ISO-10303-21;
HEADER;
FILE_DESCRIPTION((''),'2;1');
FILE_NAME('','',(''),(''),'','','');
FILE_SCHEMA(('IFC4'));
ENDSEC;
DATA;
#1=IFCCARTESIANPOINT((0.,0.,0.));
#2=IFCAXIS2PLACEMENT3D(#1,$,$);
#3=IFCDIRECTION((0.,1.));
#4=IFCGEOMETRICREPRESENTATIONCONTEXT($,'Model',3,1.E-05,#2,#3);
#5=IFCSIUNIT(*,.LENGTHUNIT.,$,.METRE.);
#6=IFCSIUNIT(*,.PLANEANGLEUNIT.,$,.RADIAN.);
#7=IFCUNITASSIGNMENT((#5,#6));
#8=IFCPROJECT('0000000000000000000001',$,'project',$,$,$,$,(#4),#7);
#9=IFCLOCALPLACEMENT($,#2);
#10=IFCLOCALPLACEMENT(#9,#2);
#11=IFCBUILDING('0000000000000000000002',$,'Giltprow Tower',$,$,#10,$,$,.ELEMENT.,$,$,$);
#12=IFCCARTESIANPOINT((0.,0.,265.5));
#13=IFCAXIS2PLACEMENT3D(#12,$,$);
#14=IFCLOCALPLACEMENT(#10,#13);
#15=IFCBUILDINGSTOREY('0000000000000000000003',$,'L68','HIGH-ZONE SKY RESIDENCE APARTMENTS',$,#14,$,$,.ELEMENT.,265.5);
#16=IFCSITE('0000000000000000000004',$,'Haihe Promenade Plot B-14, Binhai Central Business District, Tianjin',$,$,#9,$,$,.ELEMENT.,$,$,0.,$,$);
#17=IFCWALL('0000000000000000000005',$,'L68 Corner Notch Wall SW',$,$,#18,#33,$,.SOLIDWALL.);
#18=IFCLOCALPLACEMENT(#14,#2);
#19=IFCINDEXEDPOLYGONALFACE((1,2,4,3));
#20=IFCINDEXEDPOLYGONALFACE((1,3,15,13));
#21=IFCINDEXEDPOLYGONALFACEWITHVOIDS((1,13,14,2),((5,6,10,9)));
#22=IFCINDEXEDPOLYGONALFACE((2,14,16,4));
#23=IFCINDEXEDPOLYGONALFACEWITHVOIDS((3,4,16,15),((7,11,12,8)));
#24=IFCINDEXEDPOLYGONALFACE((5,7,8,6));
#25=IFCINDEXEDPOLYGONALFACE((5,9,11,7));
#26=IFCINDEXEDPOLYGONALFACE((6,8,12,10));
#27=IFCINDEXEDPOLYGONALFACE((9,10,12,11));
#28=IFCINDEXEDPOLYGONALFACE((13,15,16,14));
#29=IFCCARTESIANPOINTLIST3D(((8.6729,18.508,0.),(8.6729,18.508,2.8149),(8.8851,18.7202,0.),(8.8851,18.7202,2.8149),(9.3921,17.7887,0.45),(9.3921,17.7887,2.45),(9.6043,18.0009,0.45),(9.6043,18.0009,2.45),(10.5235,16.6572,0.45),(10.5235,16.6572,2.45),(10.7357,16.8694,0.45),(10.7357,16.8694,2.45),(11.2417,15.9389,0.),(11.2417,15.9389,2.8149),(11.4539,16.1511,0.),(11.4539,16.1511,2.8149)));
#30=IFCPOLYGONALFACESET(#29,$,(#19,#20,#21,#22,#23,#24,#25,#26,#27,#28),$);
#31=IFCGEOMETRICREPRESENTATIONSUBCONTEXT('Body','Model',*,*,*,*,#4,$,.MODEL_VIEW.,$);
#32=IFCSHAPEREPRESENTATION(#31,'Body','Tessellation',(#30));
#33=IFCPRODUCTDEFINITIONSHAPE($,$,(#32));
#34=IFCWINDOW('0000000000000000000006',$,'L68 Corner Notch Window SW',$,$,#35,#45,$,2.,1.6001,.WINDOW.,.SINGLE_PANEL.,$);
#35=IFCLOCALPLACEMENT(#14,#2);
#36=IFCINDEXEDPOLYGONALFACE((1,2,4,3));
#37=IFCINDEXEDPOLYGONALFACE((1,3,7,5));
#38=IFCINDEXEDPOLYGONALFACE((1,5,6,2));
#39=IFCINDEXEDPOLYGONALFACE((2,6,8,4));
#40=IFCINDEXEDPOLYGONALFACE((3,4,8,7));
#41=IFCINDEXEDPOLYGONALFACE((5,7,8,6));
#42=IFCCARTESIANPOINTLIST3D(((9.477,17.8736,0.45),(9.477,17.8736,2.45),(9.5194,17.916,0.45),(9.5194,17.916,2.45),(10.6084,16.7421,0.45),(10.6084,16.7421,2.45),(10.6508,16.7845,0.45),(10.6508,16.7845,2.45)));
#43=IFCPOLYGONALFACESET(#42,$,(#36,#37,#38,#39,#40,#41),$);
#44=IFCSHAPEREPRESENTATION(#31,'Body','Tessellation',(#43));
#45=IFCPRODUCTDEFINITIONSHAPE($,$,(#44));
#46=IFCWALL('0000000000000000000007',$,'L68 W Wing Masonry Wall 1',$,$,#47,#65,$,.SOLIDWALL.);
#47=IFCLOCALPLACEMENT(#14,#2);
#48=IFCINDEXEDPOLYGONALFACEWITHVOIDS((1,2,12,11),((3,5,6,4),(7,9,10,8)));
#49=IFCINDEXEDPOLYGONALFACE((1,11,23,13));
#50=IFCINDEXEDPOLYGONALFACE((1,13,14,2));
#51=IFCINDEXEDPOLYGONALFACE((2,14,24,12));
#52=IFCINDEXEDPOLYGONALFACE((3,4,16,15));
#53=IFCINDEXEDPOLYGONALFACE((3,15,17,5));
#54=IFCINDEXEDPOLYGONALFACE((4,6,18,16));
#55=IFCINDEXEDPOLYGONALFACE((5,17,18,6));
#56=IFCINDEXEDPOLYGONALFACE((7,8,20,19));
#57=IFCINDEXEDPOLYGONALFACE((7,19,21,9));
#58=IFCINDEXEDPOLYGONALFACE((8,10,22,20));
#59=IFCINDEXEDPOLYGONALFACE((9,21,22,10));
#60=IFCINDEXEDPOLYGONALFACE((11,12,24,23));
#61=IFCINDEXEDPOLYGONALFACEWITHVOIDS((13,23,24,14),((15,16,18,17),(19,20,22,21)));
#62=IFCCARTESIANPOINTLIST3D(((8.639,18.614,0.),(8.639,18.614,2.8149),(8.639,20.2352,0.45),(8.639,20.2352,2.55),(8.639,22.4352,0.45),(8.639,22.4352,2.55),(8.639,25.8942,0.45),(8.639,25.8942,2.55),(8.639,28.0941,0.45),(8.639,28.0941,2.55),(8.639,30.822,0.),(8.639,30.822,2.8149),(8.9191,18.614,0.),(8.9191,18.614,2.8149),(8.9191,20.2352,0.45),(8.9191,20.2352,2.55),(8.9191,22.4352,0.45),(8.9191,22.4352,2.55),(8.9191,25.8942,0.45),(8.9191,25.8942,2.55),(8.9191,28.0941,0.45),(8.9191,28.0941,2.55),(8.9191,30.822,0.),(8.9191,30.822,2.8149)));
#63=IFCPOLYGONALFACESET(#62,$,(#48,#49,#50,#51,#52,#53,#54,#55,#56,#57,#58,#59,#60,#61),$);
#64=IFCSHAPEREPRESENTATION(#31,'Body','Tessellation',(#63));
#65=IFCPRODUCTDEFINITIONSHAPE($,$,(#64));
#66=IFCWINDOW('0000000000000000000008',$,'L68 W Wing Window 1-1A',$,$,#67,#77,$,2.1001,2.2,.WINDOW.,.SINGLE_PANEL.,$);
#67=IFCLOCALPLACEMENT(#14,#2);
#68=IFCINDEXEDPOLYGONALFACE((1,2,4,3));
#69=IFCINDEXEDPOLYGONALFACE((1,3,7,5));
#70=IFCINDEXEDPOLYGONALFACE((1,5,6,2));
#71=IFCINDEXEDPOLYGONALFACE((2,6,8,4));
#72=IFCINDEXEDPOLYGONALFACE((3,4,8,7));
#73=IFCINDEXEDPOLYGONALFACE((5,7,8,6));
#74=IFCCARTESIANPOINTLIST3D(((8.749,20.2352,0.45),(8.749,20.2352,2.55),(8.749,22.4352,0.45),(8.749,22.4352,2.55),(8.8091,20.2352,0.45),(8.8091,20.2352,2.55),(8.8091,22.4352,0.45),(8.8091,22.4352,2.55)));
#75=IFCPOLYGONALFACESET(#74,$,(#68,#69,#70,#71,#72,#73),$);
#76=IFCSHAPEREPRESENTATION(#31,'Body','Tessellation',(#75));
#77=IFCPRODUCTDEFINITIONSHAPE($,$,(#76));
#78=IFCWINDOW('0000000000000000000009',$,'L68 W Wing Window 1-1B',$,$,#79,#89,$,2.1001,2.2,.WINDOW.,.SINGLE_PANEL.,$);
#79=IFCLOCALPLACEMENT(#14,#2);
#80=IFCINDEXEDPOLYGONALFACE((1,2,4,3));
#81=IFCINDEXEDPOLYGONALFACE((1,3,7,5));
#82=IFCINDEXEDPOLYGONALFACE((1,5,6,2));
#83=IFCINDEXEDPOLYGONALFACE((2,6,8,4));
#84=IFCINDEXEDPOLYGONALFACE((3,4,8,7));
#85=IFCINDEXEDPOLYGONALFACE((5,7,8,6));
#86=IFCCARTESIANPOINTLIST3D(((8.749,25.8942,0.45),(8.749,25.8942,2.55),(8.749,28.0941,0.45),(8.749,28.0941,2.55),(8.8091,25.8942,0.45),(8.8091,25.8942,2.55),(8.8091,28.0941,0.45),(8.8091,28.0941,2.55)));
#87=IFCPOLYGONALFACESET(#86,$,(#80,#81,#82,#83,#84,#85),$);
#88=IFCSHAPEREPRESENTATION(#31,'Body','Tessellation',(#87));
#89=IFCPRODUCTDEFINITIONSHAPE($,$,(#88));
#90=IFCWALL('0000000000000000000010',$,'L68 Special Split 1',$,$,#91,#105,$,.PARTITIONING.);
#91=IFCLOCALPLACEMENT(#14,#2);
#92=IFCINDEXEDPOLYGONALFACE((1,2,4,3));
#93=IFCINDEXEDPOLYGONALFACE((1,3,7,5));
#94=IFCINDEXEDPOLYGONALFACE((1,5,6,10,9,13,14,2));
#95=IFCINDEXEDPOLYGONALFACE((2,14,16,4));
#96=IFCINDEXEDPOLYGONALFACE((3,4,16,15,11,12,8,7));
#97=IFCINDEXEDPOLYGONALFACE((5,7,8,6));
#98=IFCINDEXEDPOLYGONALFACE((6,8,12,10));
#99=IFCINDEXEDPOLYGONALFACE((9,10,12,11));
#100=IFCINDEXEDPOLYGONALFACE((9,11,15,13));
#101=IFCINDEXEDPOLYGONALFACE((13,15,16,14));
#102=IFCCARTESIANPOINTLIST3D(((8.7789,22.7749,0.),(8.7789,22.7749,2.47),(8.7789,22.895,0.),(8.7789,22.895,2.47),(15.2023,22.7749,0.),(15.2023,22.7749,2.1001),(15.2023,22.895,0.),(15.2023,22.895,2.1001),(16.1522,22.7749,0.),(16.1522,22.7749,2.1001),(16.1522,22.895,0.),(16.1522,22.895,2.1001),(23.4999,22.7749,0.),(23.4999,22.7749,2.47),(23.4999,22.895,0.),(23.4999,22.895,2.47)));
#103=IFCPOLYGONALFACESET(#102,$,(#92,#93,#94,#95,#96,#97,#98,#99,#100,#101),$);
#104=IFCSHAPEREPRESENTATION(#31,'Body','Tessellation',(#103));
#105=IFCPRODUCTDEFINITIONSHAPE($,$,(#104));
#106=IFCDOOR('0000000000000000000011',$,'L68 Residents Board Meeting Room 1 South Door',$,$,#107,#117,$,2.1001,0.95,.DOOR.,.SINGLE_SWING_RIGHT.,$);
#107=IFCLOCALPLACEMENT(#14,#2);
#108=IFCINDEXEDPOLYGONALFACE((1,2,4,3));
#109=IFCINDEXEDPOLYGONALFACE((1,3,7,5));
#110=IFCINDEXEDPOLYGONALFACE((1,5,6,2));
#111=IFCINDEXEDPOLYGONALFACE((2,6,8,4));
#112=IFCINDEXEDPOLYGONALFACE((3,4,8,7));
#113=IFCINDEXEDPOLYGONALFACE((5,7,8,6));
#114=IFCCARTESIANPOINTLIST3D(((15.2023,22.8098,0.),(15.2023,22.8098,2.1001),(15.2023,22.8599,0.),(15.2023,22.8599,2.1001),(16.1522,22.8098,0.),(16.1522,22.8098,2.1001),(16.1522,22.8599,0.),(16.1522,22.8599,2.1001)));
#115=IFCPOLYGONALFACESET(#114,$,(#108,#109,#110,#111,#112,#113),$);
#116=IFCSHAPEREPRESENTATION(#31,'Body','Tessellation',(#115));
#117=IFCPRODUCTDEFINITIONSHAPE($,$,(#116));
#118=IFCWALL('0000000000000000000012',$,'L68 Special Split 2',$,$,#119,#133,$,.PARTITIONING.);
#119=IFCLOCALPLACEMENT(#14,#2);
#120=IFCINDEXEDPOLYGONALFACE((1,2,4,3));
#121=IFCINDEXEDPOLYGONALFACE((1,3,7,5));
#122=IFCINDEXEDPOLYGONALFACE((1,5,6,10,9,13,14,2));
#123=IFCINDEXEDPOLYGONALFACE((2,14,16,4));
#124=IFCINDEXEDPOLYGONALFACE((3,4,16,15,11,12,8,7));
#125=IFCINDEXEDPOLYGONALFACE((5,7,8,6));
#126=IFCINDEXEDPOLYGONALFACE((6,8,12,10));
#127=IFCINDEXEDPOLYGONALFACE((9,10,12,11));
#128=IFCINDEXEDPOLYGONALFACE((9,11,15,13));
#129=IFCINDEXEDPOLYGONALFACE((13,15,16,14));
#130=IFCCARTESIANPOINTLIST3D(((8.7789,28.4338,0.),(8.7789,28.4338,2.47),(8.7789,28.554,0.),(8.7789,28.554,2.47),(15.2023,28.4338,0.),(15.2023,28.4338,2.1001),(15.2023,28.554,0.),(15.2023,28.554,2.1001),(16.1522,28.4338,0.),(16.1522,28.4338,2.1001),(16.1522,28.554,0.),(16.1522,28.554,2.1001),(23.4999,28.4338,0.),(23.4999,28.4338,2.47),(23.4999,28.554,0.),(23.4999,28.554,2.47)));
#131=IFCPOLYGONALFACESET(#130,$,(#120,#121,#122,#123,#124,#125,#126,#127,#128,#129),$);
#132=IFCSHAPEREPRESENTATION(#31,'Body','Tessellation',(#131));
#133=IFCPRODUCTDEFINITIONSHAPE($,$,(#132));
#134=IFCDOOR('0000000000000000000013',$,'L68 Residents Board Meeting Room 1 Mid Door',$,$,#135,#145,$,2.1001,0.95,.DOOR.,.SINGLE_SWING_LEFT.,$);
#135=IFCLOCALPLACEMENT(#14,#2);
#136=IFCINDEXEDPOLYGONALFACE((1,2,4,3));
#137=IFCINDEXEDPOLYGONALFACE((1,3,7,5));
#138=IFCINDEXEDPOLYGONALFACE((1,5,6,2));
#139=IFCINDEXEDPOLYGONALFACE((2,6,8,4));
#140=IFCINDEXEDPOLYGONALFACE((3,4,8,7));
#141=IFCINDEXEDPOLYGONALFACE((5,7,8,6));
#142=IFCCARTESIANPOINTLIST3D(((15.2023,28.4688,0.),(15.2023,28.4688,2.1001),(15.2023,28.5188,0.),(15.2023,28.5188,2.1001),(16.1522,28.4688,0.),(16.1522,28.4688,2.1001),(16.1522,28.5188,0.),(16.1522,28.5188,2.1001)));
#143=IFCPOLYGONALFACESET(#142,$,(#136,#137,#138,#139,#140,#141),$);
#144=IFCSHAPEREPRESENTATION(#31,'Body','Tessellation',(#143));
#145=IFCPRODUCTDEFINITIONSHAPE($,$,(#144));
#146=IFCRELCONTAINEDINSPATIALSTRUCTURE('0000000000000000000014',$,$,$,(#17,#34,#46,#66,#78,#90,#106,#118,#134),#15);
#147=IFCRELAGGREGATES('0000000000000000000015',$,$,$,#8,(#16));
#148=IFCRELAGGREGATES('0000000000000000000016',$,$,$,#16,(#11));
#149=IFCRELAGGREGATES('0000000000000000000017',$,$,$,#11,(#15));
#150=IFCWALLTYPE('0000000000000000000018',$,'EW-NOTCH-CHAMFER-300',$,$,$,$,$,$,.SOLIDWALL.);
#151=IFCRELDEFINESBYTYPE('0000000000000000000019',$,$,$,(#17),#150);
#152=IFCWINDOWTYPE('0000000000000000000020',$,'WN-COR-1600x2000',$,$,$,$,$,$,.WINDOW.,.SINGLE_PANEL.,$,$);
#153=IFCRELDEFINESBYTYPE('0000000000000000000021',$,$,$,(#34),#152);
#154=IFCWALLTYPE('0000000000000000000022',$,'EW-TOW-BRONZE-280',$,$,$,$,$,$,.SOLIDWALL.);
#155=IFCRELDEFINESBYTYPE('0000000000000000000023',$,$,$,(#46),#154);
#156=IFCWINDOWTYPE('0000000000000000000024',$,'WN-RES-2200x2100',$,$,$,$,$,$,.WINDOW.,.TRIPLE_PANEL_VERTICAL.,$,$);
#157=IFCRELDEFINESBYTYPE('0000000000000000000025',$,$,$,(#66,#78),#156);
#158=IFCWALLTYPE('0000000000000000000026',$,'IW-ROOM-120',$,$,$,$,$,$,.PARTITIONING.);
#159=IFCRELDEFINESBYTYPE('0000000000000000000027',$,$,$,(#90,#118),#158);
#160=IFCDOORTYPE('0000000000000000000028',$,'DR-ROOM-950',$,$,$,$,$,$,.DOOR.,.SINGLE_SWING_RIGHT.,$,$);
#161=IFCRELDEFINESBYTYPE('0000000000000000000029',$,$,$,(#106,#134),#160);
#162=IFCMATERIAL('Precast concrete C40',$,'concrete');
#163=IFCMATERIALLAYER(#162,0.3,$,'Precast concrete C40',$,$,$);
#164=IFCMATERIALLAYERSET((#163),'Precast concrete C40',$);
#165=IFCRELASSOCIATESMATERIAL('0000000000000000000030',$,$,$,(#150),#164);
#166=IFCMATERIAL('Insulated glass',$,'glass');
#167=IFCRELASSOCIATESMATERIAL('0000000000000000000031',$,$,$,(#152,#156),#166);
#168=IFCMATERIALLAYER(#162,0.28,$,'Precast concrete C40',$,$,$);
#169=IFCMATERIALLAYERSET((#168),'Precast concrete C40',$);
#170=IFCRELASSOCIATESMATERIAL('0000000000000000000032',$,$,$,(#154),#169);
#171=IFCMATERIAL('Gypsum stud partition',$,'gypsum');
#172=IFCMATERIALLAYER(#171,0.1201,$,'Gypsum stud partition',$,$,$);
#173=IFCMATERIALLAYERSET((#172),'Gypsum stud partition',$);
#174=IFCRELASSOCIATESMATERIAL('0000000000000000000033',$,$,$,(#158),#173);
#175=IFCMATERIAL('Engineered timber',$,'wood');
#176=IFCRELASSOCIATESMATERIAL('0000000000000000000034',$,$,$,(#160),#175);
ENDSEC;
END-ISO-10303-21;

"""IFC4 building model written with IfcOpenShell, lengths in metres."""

from ifc_helpers import new_model, si_unit, direction, frame, frame_2d, origin, place, context, subcontext, project, spatial, rectangle, extrude, source, transform, mapped, material, layer, layer_set, type_object, element, fill, save


model = new_model("IFC4")

# Units and contexts
model_context = context("Model", 3, precision=1e-05, world=origin(), true_north=direction((0.0, 1.0)))
body_context = subcontext(model_context, "Body", "Model", "MODEL_VIEW")
ifc_project = project(units=[si_unit("LENGTHUNIT", "METRE"), si_unit("PLANEANGLEUNIT", "RADIAN")], contexts=[model_context])

# Site, building, storey
site_placement = place(None, origin())
site = spatial("IfcSite", under=ifc_project, at=site_placement, Name="Haihe Promenade Plot B-14, Binhai Central Business District, Tianjin", CompositionType="ELEMENT", RefElevation=0.0)
building_placement = place(site_placement, origin())
building = spatial("IfcBuilding", under=site, at=building_placement, Name="Giltprow Tower", CompositionType="ELEMENT")
storey_placement = place(building_placement, frame((0.0, 0.0, 265.5)))
storey = spatial("IfcBuildingStorey", under=building, at=storey_placement, Name="L68", Description="HIGH-ZONE SKY RESIDENCE APARTMENTS", CompositionType="ELEMENT", Elevation=265.5)

# Shared definitions
ifc_material_1 = material(Name="Insulated glass", Category="glass")

# Wall, opening, window
ifc_material_2 = material(Name="Precast concrete C40", Category="concrete")
ifc_layer_1 = layer(ifc_material_2, 0.3, Name="Precast concrete C40")
ifc_layer_set_1 = layer_set([ifc_layer_1], Name="Precast concrete C40")
wall_type_1 = type_object("IfcWallType", Name="EW-NOTCH-CHAMFER-300", PredefinedType="SOLIDWALL", material=ifc_layer_set_1)
wall_1_placement = place(storey_placement, frame((8.7791, 18.614, 0.0), z_axis=(0.0, 0.0, 1.0), x_axis=(0.707073, -0.70714, 0.0)))
wall_1 = element("IfcWall", 1, at=wall_1_placement, inside=storey, type_object=wall_type_1, Name="L68 Corner Notch Wall SW", PredefinedType="SOLIDWALL", context=body_context, shape_type="SweptSolid", body=[
    extrude(rectangle(XDim=3.6331, YDim=0.3, at=frame_2d((1.8164, 0.0))), origin(), (0.0, 0.0, 1.0), 2.8149),
])
opening_1_placement = place(wall_1_placement, frame((1.0171, 0.0, 0.45)))
opening_1 = element("IfcOpeningElement", 2, at=opening_1_placement, cuts=wall_1, PredefinedType="OPENING", context=body_context, shape_type="SweptSolid", body=[
    extrude(rectangle(XDim=1.6001, YDim=2.0, at=frame_2d((0.8, 1.0))), frame((0.0, 0.1599, 0.0), z_axis=(0.0, -1.0, 0.0), x_axis=(1.0, 0.0, 0.0)), (0.0, 0.0, 1.0), 0.3201),
])
window_type_1 = type_object("IfcWindowType", Name="WN-COR-1600x2000", PartitioningType="SINGLE_PANEL", PredefinedType="WINDOW", material=ifc_material_1)
shared_shape_1 = source(origin(), body_context, "Body", "SweptSolid", [
    extrude(rectangle(XDim=1.6001, YDim=2.0, at=frame_2d((0.8, 1.0))), frame((0.0, 0.03, 0.0), z_axis=(0.0, -1.0, 0.0), x_axis=(1.0, 0.0, 0.0)), (0.0, 0.0, 1.0), 0.0601),
])
window_1_placement = place(opening_1_placement, origin())
window_1 = element("IfcWindow", 3, at=window_1_placement, inside=storey, type_object=window_type_1, Name="L68 Corner Notch Window SW", OverallHeight=2.0, OverallWidth=1.6001, PartitioningType="SINGLE_PANEL", PredefinedType="WINDOW", context=body_context, shape_type="MappedRepresentation", body=[
    mapped(shared_shape_1, transform((0.0, 0.0, 0.0), x_axis=(1.0, 0.0, 0.0), y_axis=(0.0, 1.0, 0.0), z_axis=(0.0, 0.0, 1.0), scale=1.0)),
])
fill(opening_1, window_1)

# Wall, openings, windows
ifc_layer_2 = layer(ifc_material_2, 0.28, Name="Precast concrete C40")
ifc_layer_set_2 = layer_set([ifc_layer_2], Name="Precast concrete C40")
wall_type_2 = type_object("IfcWallType", Name="EW-TOW-BRONZE-280", PredefinedType="SOLIDWALL", material=ifc_layer_set_2)
wall_2_placement = place(storey_placement, frame((8.7791, 18.614, 0.0), z_axis=(0.0, 0.0, 1.0), x_axis=(0.0, 1.0, 0.0)))
wall_2 = element("IfcWall", 4, at=wall_2_placement, inside=storey, type_object=wall_type_2, Name="L68 W Wing Masonry Wall 1", PredefinedType="SOLIDWALL", context=body_context, shape_type="SweptSolid", body=[
    extrude(rectangle(XDim=12.208, YDim=0.28, at=frame_2d((6.104, 0.0))), origin(), (0.0, 0.0, 1.0), 2.8149),
])
opening_2_placement = place(wall_2_placement, frame((1.6211, 0.0, 0.45)))
opening_2 = element("IfcOpeningElement", 5, at=opening_2_placement, cuts=wall_2, PredefinedType="OPENING", context=body_context, shape_type="SweptSolid", body=[
    extrude(rectangle(XDim=2.2, YDim=2.1001, at=frame_2d((1.1001, 1.05))), frame((0.0, 0.1499, 0.0), z_axis=(0.0, -1.0, 0.0), x_axis=(1.0, 0.0, 0.0)), (0.0, 0.0, 1.0), 0.3),
])
opening_3_placement = place(wall_2_placement, frame((7.28, 0.0, 0.45)))
opening_3 = element("IfcOpeningElement", 6, at=opening_3_placement, cuts=wall_2, PredefinedType="OPENING", context=body_context, shape_type="SweptSolid", body=[
    extrude(rectangle(XDim=2.2, YDim=2.1001, at=frame_2d((1.1001, 1.05))), frame((0.0, 0.1499, 0.0), z_axis=(0.0, -1.0, 0.0), x_axis=(1.0, 0.0, 0.0)), (0.0, 0.0, 1.0), 0.3),
])
window_type_2 = type_object("IfcWindowType", Name="WN-RES-2200x2100", PartitioningType="TRIPLE_PANEL_VERTICAL", PredefinedType="WINDOW", material=ifc_material_1)
shared_shape_2 = source(origin(), body_context, "Body", "SweptSolid", [
    extrude(rectangle(XDim=2.2, YDim=2.1001, at=frame_2d((1.1001, 1.05))), frame((0.0, 0.03, 0.0), z_axis=(0.0, -1.0, 0.0), x_axis=(1.0, 0.0, 0.0)), (0.0, 0.0, 1.0), 0.0601),
])
window_2_placement = place(opening_2_placement, origin())
window_2 = element("IfcWindow", 7, at=window_2_placement, inside=storey, type_object=window_type_2, Name="L68 W Wing Window 1-1A", OverallHeight=2.1001, OverallWidth=2.2, PartitioningType="SINGLE_PANEL", PredefinedType="WINDOW", context=body_context, shape_type="MappedRepresentation", body=[
    mapped(shared_shape_2, transform((0.0, 0.0, 0.0), x_axis=(1.0, 0.0, 0.0), y_axis=(0.0, 1.0, 0.0), z_axis=(0.0, 0.0, 1.0), scale=1.0)),
])
fill(opening_2, window_2)
window_3_placement = place(opening_3_placement, origin())
window_3 = element("IfcWindow", 8, at=window_3_placement, inside=storey, type_object=window_type_2, Name="L68 W Wing Window 1-1B", OverallHeight=2.1001, OverallWidth=2.2, PartitioningType="SINGLE_PANEL", PredefinedType="WINDOW", context=body_context, shape_type="MappedRepresentation", body=[
    mapped(shared_shape_2, transform((0.0, 0.0, 0.0), x_axis=(1.0, 0.0, 0.0), y_axis=(0.0, 1.0, 0.0), z_axis=(0.0, 0.0, 1.0), scale=1.0)),
])
fill(opening_3, window_3)

# Walls, openings, doors
ifc_material_3 = material(Name="Gypsum stud partition", Category="gypsum")
ifc_layer_3 = layer(ifc_material_3, 0.1201, Name="Gypsum stud partition")
ifc_layer_set_3 = layer_set([ifc_layer_3], Name="Gypsum stud partition")
wall_type_3 = type_object("IfcWallType", Name="IW-ROOM-120", PredefinedType="PARTITIONING", material=ifc_layer_set_3)
wall_3_placement = place(storey_placement, frame((8.7791, 22.835, 0.0), z_axis=(0.0, 0.0, 1.0), x_axis=(1.0, 0.0, 0.0)))
wall_3 = element("IfcWall", 9, at=wall_3_placement, inside=storey, type_object=wall_type_3, Name="L68 Special Split 1", PredefinedType="PARTITIONING", context=body_context, shape_type="SweptSolid", body=[
    extrude(rectangle(XDim=14.7209, YDim=0.1201, at=frame_2d((7.3604, 0.0))), origin(), (0.0, 0.0, 1.0), 2.47),
])
opening_4_placement = place(wall_3_placement, frame((6.4231, 0.0, 0.0)))
opening_4 = element("IfcOpeningElement", 10, at=opening_4_placement, cuts=wall_3, PredefinedType="OPENING", context=body_context, shape_type="SweptSolid", body=[
    extrude(rectangle(XDim=0.95, YDim=2.1001, at=frame_2d((0.4751, 1.05))), frame((0.0, 0.0701, 0.0), z_axis=(0.0, -1.0, 0.0), x_axis=(1.0, 0.0, 0.0)), (0.0, 0.0, 1.0), 0.1401),
])
ifc_material_4 = material(Name="Engineered timber", Category="wood")
door_type = type_object("IfcDoorType", Name="DR-ROOM-950", OperationType="SINGLE_SWING_RIGHT", PredefinedType="DOOR", material=ifc_material_4)
shared_shape_3 = source(origin(), body_context, "Body", "SweptSolid", [
    extrude(rectangle(XDim=0.95, YDim=2.1001, at=frame_2d((0.4751, 1.05))), frame((0.0, 0.0249, 0.0), z_axis=(0.0, -1.0, 0.0), x_axis=(1.0, 0.0, 0.0)), (0.0, 0.0, 1.0), 0.05),
])
door_1_placement = place(opening_4_placement, origin())
door_1 = element("IfcDoor", 11, at=door_1_placement, inside=storey, type_object=door_type, Name="L68 Residents Board Meeting Room 1 South Door", OperationType="SINGLE_SWING_RIGHT", OverallHeight=2.1001, OverallWidth=0.95, PredefinedType="DOOR", context=body_context, shape_type="MappedRepresentation", body=[
    mapped(shared_shape_3, transform((0.0, 0.0, 0.0), x_axis=(1.0, 0.0, 0.0), y_axis=(0.0, 1.0, 0.0), z_axis=(0.0, 0.0, 1.0), scale=1.0)),
])
fill(opening_4, door_1)
wall_4_placement = place(storey_placement, frame((8.7791, 28.4939, 0.0), z_axis=(0.0, 0.0, 1.0), x_axis=(1.0, 0.0, 0.0)))
wall_4 = element("IfcWall", 12, at=wall_4_placement, inside=storey, type_object=wall_type_3, Name="L68 Special Split 2", PredefinedType="PARTITIONING", context=body_context, shape_type="SweptSolid", body=[
    extrude(rectangle(XDim=14.7209, YDim=0.1201, at=frame_2d((7.3604, 0.0))), origin(), (0.0, 0.0, 1.0), 2.47),
])
opening_5_placement = place(wall_4_placement, frame((6.4231, 0.0, 0.0)))
opening_5 = element("IfcOpeningElement", 13, at=opening_5_placement, cuts=wall_4, PredefinedType="OPENING", context=body_context, shape_type="SweptSolid", body=[
    extrude(rectangle(XDim=0.95, YDim=2.1001, at=frame_2d((0.4751, 1.05))), frame((0.0, 0.0701, 0.0), z_axis=(0.0, -1.0, 0.0), x_axis=(1.0, 0.0, 0.0)), (0.0, 0.0, 1.0), 0.1401),
])
door_2_placement = place(opening_5_placement, origin())
door_2 = element("IfcDoor", 14, at=door_2_placement, inside=storey, type_object=door_type, Name="L68 Residents Board Meeting Room 1 Mid Door", OperationType="SINGLE_SWING_LEFT", OverallHeight=2.1001, OverallWidth=0.95, PredefinedType="DOOR", context=body_context, shape_type="MappedRepresentation", body=[
    mapped(shared_shape_3, transform((0.0, 0.0, 0.0), x_axis=(1.0, 0.0, 0.0), y_axis=(0.0, 1.0, 0.0), z_axis=(0.0, 0.0, 1.0), scale=1.0)),
])
fill(opening_5, door_2)

save(model, "model.ifc")
